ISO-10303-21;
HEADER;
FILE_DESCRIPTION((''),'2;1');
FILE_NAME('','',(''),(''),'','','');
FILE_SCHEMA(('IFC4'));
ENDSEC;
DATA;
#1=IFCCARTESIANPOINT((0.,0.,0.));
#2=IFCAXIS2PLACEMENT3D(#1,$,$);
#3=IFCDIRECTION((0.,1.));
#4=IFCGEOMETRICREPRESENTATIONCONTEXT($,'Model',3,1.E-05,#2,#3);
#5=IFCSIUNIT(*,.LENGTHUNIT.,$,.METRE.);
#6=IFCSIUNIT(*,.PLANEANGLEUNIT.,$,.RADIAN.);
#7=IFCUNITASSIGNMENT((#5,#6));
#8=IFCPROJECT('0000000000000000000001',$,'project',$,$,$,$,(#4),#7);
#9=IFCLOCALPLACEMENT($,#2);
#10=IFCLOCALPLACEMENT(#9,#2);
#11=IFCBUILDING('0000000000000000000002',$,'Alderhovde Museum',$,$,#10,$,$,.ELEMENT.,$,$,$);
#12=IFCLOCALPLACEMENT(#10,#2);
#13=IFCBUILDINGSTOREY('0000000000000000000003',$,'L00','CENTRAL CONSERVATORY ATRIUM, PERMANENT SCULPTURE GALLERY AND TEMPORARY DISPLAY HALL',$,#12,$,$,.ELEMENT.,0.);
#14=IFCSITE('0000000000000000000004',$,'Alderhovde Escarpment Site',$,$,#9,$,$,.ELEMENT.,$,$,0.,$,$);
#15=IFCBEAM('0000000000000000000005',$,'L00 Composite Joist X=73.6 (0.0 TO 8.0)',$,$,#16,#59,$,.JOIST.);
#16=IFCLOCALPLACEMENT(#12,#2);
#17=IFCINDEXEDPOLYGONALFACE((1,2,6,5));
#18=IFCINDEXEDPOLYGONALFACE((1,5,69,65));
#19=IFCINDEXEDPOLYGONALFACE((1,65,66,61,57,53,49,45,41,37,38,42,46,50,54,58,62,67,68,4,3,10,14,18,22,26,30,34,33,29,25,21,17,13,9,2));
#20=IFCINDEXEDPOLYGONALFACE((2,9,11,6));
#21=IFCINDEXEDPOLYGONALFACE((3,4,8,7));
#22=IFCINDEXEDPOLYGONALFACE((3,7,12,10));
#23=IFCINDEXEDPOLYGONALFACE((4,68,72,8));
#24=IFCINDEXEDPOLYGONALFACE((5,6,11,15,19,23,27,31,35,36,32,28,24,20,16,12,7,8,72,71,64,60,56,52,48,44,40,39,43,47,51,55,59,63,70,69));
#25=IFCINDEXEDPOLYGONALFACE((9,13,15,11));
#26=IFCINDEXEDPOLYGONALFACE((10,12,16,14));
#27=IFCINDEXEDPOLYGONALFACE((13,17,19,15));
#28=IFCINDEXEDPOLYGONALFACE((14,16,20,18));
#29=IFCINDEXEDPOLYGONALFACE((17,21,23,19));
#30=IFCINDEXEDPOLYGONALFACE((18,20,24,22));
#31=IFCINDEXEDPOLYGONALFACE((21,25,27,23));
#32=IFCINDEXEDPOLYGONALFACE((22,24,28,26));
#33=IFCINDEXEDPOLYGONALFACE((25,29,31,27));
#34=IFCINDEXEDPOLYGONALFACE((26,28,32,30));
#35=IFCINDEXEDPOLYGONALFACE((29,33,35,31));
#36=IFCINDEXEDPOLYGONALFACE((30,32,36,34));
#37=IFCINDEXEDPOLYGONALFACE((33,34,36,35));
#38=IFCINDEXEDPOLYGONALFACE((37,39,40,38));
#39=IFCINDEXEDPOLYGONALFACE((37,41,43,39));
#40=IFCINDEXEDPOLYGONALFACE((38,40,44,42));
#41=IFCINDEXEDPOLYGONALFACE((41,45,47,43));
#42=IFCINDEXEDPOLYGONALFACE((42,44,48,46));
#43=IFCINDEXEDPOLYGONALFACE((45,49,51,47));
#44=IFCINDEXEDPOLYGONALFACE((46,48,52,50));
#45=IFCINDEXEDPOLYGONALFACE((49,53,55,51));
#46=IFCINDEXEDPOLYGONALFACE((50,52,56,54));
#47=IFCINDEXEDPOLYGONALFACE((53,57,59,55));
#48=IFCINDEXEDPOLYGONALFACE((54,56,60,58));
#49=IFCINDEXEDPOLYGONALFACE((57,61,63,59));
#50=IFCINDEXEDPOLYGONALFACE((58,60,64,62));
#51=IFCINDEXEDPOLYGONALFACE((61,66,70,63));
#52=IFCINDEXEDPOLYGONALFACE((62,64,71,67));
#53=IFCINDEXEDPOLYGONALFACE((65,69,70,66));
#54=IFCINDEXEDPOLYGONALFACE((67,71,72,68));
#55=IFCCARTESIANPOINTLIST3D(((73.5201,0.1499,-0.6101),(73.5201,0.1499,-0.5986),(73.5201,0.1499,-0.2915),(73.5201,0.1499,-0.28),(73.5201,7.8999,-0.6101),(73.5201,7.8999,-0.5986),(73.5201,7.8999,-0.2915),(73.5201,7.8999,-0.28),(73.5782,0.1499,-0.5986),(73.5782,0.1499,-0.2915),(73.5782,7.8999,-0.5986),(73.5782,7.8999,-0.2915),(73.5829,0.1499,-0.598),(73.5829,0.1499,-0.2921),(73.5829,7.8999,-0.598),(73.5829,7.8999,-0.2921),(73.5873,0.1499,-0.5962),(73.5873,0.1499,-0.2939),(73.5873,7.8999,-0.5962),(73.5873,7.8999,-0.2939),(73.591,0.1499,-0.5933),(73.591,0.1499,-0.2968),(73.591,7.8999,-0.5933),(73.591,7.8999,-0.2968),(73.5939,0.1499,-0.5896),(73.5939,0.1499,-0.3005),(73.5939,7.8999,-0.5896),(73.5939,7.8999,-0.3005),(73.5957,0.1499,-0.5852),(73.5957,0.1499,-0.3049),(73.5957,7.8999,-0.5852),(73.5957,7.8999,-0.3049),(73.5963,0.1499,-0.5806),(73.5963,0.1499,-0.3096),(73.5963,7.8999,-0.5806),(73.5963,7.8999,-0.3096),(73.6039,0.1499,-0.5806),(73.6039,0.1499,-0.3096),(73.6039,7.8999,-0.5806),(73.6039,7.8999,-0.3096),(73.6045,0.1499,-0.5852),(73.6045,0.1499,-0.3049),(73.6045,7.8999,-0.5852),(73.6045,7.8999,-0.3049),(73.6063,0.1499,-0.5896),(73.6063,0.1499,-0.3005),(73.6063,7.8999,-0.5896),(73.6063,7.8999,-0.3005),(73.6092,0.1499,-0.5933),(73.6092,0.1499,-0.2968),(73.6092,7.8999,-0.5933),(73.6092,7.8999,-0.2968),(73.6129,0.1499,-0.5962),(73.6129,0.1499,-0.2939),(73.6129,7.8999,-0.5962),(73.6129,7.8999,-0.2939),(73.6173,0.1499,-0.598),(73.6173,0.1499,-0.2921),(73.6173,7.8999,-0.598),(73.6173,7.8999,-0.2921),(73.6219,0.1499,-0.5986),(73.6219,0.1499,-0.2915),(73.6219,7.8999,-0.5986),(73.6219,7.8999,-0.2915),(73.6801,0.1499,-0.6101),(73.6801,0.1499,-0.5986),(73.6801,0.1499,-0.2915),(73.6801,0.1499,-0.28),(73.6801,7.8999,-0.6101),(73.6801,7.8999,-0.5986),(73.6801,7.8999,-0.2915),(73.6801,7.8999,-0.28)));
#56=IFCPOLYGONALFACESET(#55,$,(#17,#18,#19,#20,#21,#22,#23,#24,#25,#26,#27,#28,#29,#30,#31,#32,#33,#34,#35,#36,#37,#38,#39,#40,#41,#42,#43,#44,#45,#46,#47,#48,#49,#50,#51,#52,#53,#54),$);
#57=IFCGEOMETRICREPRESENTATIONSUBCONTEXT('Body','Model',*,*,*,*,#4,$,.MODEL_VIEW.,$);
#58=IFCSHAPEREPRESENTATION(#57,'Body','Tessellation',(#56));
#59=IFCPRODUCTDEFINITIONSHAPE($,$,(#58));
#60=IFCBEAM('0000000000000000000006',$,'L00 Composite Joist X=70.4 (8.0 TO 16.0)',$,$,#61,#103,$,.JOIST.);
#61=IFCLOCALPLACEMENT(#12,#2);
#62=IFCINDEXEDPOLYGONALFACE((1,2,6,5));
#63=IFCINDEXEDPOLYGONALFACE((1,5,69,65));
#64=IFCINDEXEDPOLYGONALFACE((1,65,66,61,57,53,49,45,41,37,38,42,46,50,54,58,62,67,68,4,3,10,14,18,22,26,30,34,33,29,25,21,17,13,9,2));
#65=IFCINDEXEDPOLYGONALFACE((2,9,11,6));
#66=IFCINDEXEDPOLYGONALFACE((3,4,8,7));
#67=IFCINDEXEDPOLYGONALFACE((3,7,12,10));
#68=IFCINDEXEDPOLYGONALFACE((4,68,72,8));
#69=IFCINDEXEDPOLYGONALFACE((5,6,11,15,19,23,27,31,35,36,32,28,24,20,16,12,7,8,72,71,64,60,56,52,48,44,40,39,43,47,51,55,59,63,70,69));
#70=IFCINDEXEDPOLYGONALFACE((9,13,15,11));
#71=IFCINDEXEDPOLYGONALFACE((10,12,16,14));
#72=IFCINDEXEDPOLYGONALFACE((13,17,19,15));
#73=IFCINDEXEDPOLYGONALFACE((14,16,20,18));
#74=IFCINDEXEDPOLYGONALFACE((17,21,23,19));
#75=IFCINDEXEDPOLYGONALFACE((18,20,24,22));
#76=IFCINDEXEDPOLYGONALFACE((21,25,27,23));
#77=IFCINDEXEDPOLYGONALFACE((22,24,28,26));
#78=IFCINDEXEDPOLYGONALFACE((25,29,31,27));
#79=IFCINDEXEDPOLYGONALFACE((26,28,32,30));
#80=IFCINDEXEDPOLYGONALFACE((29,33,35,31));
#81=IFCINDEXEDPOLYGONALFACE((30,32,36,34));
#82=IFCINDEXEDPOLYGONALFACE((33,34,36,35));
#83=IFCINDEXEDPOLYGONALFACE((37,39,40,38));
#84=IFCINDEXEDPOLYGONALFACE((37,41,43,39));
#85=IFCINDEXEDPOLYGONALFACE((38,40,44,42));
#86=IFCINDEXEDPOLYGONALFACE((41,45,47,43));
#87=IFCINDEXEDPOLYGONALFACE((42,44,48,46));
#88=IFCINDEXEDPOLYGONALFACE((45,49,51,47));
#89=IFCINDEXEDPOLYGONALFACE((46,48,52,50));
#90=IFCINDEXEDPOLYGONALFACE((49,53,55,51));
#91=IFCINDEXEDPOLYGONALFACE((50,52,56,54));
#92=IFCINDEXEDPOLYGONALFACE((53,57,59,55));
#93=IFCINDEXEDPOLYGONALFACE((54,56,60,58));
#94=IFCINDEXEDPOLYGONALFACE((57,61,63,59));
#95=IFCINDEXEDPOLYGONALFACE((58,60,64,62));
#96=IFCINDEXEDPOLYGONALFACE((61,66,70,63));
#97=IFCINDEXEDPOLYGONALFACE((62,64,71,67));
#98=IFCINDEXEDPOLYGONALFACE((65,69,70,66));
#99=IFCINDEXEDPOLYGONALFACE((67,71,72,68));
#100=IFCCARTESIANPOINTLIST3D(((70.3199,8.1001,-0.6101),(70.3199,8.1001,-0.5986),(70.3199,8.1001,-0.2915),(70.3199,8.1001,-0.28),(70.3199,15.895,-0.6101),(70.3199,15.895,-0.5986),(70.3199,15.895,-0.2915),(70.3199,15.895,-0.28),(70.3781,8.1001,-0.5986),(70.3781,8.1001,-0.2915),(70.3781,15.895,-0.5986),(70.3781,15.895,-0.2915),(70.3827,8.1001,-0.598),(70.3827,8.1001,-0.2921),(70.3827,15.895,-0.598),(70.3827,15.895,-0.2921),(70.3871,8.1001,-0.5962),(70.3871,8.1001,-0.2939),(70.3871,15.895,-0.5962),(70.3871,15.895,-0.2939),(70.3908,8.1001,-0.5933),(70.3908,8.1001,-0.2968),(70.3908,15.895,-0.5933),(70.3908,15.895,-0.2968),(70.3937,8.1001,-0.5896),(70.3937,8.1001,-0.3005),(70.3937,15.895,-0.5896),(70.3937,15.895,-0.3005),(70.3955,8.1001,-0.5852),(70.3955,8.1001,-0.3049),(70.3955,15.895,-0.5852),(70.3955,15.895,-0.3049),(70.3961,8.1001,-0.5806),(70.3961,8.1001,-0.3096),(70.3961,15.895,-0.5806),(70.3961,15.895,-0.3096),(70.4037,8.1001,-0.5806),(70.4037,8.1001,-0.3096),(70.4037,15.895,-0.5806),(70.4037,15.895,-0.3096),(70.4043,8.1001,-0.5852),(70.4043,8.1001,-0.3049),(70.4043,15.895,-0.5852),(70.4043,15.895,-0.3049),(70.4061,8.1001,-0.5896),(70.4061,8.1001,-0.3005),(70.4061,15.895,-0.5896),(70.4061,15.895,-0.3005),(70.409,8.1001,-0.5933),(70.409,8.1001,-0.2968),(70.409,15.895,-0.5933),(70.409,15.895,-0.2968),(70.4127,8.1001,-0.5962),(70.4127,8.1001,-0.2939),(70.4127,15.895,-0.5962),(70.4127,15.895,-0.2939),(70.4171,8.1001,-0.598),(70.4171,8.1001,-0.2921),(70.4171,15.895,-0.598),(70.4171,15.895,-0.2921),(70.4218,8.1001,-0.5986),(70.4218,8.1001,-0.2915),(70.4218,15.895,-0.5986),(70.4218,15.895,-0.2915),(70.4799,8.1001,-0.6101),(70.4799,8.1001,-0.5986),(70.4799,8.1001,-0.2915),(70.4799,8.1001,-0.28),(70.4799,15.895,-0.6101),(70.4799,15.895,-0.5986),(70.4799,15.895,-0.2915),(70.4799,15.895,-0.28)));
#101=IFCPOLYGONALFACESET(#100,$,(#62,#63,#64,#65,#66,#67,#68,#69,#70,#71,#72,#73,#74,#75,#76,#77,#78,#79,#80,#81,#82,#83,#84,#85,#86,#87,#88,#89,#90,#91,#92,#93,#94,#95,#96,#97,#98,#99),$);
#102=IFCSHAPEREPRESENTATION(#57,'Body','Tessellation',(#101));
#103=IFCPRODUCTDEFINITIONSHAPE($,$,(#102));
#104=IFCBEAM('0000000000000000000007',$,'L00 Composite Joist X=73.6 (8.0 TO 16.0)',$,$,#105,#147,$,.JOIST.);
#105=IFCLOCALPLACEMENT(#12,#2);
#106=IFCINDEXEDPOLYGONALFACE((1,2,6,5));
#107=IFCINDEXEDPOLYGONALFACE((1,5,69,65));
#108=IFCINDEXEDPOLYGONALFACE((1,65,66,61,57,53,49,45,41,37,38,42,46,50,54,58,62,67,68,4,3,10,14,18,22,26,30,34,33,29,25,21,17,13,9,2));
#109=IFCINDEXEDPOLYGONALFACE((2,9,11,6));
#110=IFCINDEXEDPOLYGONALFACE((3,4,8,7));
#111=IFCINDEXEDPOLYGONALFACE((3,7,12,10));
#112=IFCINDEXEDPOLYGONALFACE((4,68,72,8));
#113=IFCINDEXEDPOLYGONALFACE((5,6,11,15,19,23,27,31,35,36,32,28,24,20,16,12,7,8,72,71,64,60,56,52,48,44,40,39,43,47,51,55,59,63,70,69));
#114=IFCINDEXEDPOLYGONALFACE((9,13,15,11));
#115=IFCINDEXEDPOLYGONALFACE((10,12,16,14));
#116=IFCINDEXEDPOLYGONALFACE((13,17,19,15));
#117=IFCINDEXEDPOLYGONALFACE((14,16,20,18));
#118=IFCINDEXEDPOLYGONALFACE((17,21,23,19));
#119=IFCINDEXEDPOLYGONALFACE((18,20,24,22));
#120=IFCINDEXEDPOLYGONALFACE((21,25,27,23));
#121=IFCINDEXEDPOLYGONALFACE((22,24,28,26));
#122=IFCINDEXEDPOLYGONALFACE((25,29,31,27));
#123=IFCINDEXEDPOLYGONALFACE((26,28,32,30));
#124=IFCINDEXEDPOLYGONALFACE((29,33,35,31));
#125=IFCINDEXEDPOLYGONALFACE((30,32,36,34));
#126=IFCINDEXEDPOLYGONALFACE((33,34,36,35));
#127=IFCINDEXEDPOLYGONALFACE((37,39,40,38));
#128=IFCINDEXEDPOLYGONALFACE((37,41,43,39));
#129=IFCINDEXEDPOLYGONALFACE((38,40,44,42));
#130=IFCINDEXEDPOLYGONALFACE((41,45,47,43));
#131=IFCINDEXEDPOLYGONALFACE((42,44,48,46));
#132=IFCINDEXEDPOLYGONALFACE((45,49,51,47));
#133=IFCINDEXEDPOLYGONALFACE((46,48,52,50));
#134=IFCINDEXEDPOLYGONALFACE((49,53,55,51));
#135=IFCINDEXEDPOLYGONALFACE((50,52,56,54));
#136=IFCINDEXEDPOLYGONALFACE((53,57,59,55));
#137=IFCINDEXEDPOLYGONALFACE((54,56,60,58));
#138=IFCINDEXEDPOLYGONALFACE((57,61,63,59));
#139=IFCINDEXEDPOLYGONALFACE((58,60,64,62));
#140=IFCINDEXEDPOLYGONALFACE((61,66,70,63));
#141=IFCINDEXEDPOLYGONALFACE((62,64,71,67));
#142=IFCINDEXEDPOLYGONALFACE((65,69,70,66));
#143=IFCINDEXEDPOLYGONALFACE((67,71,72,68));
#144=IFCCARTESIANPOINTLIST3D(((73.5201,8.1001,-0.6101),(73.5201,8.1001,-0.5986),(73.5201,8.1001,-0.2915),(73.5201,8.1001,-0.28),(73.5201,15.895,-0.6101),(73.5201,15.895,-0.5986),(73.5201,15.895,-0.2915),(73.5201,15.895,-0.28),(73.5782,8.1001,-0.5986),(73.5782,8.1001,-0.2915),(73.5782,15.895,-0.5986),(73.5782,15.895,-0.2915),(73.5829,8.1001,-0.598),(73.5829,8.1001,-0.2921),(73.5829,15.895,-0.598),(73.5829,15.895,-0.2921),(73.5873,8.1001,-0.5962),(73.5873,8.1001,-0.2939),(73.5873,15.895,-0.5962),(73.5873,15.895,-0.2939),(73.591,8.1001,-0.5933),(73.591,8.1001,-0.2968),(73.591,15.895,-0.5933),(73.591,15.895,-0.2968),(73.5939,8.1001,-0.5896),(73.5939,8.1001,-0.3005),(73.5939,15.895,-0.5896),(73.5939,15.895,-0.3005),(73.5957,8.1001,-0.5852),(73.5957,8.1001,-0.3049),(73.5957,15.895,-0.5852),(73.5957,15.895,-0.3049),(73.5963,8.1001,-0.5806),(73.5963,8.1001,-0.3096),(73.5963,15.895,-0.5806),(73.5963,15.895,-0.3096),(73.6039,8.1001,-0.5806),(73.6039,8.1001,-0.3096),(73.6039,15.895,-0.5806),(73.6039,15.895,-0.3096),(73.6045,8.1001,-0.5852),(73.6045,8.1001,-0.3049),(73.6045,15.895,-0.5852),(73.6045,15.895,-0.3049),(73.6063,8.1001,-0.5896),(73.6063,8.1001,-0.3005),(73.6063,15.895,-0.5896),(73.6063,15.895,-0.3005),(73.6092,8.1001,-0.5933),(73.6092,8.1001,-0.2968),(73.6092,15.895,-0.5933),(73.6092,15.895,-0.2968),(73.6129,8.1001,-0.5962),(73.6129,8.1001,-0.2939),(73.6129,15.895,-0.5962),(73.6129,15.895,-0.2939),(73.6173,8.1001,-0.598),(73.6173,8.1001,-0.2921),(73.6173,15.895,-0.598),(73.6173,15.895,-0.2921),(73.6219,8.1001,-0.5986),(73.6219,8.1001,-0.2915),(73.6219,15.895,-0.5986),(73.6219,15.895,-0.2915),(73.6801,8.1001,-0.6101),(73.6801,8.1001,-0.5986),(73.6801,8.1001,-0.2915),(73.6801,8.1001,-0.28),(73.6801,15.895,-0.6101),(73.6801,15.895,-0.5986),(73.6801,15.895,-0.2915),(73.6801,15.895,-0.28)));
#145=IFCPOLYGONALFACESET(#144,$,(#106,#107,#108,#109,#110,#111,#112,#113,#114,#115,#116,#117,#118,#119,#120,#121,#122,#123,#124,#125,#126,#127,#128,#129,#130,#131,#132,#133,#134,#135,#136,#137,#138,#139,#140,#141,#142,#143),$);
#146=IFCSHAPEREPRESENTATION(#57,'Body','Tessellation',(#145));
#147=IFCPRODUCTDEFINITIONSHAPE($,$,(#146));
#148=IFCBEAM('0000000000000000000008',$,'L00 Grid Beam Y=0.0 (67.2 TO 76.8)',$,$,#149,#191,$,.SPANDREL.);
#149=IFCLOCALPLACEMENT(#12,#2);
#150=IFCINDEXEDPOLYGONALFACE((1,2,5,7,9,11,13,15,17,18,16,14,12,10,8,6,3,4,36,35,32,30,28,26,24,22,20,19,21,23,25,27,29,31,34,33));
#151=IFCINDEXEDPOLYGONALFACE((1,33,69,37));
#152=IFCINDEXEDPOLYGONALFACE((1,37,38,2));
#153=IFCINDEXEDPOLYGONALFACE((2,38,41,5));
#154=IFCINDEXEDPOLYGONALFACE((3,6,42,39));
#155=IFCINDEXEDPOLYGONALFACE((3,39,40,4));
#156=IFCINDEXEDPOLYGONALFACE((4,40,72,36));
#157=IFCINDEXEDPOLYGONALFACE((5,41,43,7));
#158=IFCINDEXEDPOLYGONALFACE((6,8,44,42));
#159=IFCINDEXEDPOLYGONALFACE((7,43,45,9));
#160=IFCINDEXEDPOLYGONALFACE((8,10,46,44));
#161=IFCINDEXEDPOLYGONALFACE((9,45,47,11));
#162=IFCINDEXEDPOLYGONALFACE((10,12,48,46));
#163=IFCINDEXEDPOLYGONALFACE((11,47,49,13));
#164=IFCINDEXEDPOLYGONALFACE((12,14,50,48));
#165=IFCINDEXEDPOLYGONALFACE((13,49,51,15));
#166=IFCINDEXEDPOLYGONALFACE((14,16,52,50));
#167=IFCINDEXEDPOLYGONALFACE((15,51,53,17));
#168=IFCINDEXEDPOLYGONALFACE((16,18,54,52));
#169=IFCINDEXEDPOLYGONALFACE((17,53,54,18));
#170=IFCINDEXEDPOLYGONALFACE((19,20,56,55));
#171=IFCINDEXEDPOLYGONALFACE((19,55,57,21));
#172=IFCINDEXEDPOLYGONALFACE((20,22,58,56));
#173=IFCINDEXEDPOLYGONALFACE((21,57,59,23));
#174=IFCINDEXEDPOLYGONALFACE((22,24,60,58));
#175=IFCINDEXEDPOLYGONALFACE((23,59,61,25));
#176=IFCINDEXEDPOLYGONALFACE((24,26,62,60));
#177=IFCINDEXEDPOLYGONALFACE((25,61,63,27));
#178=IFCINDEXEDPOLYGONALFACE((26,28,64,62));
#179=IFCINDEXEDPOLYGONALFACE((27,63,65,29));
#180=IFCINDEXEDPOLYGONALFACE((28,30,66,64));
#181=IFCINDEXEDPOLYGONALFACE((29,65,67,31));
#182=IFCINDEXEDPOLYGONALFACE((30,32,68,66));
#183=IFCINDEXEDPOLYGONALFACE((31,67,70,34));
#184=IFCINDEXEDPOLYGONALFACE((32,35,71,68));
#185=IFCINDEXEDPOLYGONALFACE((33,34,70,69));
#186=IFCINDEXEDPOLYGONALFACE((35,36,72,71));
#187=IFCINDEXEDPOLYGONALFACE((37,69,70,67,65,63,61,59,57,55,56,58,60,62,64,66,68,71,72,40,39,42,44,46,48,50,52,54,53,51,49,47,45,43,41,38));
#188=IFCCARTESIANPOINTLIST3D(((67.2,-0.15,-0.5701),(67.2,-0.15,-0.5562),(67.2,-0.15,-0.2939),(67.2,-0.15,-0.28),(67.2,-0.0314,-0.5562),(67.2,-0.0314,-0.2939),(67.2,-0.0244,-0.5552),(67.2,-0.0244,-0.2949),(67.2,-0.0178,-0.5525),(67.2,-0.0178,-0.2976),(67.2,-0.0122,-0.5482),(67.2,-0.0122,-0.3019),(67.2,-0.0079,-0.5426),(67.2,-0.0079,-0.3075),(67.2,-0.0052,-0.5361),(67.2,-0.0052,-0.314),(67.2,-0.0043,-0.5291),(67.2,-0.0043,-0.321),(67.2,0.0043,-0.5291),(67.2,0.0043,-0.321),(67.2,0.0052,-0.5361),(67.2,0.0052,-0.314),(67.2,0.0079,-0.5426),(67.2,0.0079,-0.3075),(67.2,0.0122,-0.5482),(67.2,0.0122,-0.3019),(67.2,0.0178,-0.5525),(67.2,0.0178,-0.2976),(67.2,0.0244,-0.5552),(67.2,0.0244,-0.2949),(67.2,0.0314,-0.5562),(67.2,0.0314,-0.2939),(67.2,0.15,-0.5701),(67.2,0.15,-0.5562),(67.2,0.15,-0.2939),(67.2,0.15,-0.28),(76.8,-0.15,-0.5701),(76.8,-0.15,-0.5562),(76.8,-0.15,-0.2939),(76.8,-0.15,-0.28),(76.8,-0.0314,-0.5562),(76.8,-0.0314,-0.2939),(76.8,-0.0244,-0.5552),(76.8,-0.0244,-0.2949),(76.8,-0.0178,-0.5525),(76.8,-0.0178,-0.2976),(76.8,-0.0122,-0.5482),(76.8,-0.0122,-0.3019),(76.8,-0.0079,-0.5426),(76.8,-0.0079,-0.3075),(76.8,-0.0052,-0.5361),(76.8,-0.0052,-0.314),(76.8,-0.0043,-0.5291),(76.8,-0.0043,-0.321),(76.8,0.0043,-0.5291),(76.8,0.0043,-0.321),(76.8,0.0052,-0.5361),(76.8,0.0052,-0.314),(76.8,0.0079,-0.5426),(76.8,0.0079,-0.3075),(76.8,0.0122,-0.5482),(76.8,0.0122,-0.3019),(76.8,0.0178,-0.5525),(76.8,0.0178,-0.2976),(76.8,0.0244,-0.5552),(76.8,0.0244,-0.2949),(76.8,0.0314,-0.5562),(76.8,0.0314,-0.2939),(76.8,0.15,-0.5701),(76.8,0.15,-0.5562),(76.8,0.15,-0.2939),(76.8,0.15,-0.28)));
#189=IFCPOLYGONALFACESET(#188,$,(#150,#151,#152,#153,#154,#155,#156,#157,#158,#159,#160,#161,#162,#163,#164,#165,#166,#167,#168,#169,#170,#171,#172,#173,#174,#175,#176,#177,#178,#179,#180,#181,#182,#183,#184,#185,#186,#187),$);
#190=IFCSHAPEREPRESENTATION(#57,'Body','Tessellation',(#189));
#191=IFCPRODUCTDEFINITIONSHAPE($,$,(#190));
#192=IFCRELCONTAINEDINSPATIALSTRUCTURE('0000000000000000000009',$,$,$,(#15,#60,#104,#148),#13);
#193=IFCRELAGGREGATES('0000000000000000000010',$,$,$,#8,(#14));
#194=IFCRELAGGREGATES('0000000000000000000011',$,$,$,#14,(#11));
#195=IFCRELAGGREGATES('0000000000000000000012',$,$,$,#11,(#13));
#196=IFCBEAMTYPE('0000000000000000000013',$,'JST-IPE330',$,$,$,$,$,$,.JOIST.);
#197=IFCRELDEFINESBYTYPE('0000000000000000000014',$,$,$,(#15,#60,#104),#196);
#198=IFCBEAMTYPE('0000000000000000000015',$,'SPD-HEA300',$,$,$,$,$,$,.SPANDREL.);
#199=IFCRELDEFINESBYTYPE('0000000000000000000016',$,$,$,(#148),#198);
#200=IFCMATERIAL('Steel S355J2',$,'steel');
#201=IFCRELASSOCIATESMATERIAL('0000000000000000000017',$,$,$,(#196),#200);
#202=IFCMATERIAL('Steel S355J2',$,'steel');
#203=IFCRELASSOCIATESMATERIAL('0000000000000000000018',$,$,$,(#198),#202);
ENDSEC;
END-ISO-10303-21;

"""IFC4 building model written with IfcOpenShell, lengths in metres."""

from ifc_helpers import new_model, si_unit, direction, frame, origin, origin_2d, place, context, subcontext, project, spatial, i_section, extrude, material, material_profile, profile_set, type_object, element, save


model = new_model("IFC4")

# Units and contexts
model_context = context("Model", 3, precision=1e-05, world=origin(), true_north=direction((0.0, 1.0)))
body_context = subcontext(model_context, "Body", "Model", "MODEL_VIEW")
ifc_project = project(units=[si_unit("LENGTHUNIT", "METRE"), si_unit("PLANEANGLEUNIT", "RADIAN")], contexts=[model_context])

# Site, building, storey
site_placement = place(None, origin())
site = spatial("IfcSite", under=ifc_project, at=site_placement, Name="Alderhovde Escarpment Site", CompositionType="ELEMENT", RefElevation=0.0)
building_placement = place(site_placement, origin())
building = spatial("IfcBuilding", under=site, at=building_placement, Name="Alderhovde Museum", CompositionType="ELEMENT")
storey_placement = place(building_placement, origin())
storey = spatial("IfcBuildingStorey", under=building, at=storey_placement, Name="L00", Description="CENTRAL CONSERVATORY ATRIUM, PERMANENT SCULPTURE GALLERY AND TEMPORARY DISPLAY HALL", CompositionType="ELEMENT", Elevation=0.0)

# Beams
ifc_material_1 = material(Name="Steel S355J2", Category="steel")
ifc_material_profile_1 = material_profile(ifc_material_1, i_section(OverallWidth=0.1599, OverallDepth=0.3301, WebThickness=0.0076, FlangeThickness=0.0115, FilletRadius=0.0181, at=origin_2d()), Name="IPE 330")
ifc_profile_set_1 = profile_set([ifc_material_profile_1], Name="Steel S355J2")
beam_type_1 = type_object("IfcBeamType", Name="JST-IPE330", PredefinedType="JOIST", material=ifc_profile_set_1)
for number, where, z_axis, x_axis, name in (
    (1, (73.6001, 0.1499, -0.4451), (0.0, 1.0, 0.0), (-1.0, 0.0, 0.0), "L00 Composite Joist X=73.6 (0.0 TO 8.0)"),
):
    element("IfcBeam", number, at=place(storey_placement, frame(where, z_axis=z_axis, x_axis=x_axis)), inside=storey, type_object=beam_type_1, Name=name, PredefinedType="JOIST", context=body_context, shape_type="SweptSolid", body=[
        extrude(i_section(OverallWidth=0.1599, OverallDepth=0.3301, WebThickness=0.0076, FlangeThickness=0.0115, FilletRadius=0.0181, at=origin_2d()), origin(), (0.0, 0.0, 1.0), 7.75),
    ])
for number, where, z_axis, x_axis, name in (
    (2, (70.3999, 8.1001, -0.4451), (0.0, 1.0, 0.0), (-1.0, 0.0, 0.0), "L00 Composite Joist X=70.4 (8.0 TO 16.0)"),
    (3, (73.6001, 8.1001, -0.4451), (0.0, 1.0, 0.0), (-1.0, 0.0, 0.0), "L00 Composite Joist X=73.6 (8.0 TO 16.0)"),
):
    element("IfcBeam", number, at=place(storey_placement, frame(where, z_axis=z_axis, x_axis=x_axis)), inside=storey, type_object=beam_type_1, Name=name, PredefinedType="JOIST", context=body_context, shape_type="SweptSolid", body=[
        extrude(i_section(OverallWidth=0.1599, OverallDepth=0.3301, WebThickness=0.0076, FlangeThickness=0.0115, FilletRadius=0.0181, at=origin_2d()), origin(), (0.0, 0.0, 1.0), 7.7949),
    ])
ifc_material_2 = material(Name="Steel S355J2", Category="steel")
ifc_material_profile_2 = material_profile(ifc_material_2, i_section(OverallWidth=0.3, OverallDepth=0.29, WebThickness=0.0085, FlangeThickness=0.0139, FilletRadius=0.0271, at=origin_2d()), Name="HEA 300")
ifc_profile_set_2 = profile_set([ifc_material_profile_2], Name="Steel S355J2")
beam_type_2 = type_object("IfcBeamType", Name="SPD-HEA300", PredefinedType="SPANDREL", material=ifc_profile_set_2)
beam_1_placement = place(storey_placement, frame((67.2, 0.0, -0.425), z_axis=(1.0, 0.0, 0.0), x_axis=(0.0, 1.0, 0.0)))
element("IfcBeam", 4, at=beam_1_placement, inside=storey, type_object=beam_type_2, Name="L00 Grid Beam Y=0.0 (67.2 TO 76.8)", PredefinedType="SPANDREL", context=body_context, shape_type="SweptSolid", body=[
    extrude(i_section(OverallWidth=0.3, OverallDepth=0.29, WebThickness=0.0085, FlangeThickness=0.0139, FilletRadius=0.0271, at=origin_2d()), origin(), (0.0, 0.0, 1.0), 9.6001),
])

save(model, "model.ifc")
